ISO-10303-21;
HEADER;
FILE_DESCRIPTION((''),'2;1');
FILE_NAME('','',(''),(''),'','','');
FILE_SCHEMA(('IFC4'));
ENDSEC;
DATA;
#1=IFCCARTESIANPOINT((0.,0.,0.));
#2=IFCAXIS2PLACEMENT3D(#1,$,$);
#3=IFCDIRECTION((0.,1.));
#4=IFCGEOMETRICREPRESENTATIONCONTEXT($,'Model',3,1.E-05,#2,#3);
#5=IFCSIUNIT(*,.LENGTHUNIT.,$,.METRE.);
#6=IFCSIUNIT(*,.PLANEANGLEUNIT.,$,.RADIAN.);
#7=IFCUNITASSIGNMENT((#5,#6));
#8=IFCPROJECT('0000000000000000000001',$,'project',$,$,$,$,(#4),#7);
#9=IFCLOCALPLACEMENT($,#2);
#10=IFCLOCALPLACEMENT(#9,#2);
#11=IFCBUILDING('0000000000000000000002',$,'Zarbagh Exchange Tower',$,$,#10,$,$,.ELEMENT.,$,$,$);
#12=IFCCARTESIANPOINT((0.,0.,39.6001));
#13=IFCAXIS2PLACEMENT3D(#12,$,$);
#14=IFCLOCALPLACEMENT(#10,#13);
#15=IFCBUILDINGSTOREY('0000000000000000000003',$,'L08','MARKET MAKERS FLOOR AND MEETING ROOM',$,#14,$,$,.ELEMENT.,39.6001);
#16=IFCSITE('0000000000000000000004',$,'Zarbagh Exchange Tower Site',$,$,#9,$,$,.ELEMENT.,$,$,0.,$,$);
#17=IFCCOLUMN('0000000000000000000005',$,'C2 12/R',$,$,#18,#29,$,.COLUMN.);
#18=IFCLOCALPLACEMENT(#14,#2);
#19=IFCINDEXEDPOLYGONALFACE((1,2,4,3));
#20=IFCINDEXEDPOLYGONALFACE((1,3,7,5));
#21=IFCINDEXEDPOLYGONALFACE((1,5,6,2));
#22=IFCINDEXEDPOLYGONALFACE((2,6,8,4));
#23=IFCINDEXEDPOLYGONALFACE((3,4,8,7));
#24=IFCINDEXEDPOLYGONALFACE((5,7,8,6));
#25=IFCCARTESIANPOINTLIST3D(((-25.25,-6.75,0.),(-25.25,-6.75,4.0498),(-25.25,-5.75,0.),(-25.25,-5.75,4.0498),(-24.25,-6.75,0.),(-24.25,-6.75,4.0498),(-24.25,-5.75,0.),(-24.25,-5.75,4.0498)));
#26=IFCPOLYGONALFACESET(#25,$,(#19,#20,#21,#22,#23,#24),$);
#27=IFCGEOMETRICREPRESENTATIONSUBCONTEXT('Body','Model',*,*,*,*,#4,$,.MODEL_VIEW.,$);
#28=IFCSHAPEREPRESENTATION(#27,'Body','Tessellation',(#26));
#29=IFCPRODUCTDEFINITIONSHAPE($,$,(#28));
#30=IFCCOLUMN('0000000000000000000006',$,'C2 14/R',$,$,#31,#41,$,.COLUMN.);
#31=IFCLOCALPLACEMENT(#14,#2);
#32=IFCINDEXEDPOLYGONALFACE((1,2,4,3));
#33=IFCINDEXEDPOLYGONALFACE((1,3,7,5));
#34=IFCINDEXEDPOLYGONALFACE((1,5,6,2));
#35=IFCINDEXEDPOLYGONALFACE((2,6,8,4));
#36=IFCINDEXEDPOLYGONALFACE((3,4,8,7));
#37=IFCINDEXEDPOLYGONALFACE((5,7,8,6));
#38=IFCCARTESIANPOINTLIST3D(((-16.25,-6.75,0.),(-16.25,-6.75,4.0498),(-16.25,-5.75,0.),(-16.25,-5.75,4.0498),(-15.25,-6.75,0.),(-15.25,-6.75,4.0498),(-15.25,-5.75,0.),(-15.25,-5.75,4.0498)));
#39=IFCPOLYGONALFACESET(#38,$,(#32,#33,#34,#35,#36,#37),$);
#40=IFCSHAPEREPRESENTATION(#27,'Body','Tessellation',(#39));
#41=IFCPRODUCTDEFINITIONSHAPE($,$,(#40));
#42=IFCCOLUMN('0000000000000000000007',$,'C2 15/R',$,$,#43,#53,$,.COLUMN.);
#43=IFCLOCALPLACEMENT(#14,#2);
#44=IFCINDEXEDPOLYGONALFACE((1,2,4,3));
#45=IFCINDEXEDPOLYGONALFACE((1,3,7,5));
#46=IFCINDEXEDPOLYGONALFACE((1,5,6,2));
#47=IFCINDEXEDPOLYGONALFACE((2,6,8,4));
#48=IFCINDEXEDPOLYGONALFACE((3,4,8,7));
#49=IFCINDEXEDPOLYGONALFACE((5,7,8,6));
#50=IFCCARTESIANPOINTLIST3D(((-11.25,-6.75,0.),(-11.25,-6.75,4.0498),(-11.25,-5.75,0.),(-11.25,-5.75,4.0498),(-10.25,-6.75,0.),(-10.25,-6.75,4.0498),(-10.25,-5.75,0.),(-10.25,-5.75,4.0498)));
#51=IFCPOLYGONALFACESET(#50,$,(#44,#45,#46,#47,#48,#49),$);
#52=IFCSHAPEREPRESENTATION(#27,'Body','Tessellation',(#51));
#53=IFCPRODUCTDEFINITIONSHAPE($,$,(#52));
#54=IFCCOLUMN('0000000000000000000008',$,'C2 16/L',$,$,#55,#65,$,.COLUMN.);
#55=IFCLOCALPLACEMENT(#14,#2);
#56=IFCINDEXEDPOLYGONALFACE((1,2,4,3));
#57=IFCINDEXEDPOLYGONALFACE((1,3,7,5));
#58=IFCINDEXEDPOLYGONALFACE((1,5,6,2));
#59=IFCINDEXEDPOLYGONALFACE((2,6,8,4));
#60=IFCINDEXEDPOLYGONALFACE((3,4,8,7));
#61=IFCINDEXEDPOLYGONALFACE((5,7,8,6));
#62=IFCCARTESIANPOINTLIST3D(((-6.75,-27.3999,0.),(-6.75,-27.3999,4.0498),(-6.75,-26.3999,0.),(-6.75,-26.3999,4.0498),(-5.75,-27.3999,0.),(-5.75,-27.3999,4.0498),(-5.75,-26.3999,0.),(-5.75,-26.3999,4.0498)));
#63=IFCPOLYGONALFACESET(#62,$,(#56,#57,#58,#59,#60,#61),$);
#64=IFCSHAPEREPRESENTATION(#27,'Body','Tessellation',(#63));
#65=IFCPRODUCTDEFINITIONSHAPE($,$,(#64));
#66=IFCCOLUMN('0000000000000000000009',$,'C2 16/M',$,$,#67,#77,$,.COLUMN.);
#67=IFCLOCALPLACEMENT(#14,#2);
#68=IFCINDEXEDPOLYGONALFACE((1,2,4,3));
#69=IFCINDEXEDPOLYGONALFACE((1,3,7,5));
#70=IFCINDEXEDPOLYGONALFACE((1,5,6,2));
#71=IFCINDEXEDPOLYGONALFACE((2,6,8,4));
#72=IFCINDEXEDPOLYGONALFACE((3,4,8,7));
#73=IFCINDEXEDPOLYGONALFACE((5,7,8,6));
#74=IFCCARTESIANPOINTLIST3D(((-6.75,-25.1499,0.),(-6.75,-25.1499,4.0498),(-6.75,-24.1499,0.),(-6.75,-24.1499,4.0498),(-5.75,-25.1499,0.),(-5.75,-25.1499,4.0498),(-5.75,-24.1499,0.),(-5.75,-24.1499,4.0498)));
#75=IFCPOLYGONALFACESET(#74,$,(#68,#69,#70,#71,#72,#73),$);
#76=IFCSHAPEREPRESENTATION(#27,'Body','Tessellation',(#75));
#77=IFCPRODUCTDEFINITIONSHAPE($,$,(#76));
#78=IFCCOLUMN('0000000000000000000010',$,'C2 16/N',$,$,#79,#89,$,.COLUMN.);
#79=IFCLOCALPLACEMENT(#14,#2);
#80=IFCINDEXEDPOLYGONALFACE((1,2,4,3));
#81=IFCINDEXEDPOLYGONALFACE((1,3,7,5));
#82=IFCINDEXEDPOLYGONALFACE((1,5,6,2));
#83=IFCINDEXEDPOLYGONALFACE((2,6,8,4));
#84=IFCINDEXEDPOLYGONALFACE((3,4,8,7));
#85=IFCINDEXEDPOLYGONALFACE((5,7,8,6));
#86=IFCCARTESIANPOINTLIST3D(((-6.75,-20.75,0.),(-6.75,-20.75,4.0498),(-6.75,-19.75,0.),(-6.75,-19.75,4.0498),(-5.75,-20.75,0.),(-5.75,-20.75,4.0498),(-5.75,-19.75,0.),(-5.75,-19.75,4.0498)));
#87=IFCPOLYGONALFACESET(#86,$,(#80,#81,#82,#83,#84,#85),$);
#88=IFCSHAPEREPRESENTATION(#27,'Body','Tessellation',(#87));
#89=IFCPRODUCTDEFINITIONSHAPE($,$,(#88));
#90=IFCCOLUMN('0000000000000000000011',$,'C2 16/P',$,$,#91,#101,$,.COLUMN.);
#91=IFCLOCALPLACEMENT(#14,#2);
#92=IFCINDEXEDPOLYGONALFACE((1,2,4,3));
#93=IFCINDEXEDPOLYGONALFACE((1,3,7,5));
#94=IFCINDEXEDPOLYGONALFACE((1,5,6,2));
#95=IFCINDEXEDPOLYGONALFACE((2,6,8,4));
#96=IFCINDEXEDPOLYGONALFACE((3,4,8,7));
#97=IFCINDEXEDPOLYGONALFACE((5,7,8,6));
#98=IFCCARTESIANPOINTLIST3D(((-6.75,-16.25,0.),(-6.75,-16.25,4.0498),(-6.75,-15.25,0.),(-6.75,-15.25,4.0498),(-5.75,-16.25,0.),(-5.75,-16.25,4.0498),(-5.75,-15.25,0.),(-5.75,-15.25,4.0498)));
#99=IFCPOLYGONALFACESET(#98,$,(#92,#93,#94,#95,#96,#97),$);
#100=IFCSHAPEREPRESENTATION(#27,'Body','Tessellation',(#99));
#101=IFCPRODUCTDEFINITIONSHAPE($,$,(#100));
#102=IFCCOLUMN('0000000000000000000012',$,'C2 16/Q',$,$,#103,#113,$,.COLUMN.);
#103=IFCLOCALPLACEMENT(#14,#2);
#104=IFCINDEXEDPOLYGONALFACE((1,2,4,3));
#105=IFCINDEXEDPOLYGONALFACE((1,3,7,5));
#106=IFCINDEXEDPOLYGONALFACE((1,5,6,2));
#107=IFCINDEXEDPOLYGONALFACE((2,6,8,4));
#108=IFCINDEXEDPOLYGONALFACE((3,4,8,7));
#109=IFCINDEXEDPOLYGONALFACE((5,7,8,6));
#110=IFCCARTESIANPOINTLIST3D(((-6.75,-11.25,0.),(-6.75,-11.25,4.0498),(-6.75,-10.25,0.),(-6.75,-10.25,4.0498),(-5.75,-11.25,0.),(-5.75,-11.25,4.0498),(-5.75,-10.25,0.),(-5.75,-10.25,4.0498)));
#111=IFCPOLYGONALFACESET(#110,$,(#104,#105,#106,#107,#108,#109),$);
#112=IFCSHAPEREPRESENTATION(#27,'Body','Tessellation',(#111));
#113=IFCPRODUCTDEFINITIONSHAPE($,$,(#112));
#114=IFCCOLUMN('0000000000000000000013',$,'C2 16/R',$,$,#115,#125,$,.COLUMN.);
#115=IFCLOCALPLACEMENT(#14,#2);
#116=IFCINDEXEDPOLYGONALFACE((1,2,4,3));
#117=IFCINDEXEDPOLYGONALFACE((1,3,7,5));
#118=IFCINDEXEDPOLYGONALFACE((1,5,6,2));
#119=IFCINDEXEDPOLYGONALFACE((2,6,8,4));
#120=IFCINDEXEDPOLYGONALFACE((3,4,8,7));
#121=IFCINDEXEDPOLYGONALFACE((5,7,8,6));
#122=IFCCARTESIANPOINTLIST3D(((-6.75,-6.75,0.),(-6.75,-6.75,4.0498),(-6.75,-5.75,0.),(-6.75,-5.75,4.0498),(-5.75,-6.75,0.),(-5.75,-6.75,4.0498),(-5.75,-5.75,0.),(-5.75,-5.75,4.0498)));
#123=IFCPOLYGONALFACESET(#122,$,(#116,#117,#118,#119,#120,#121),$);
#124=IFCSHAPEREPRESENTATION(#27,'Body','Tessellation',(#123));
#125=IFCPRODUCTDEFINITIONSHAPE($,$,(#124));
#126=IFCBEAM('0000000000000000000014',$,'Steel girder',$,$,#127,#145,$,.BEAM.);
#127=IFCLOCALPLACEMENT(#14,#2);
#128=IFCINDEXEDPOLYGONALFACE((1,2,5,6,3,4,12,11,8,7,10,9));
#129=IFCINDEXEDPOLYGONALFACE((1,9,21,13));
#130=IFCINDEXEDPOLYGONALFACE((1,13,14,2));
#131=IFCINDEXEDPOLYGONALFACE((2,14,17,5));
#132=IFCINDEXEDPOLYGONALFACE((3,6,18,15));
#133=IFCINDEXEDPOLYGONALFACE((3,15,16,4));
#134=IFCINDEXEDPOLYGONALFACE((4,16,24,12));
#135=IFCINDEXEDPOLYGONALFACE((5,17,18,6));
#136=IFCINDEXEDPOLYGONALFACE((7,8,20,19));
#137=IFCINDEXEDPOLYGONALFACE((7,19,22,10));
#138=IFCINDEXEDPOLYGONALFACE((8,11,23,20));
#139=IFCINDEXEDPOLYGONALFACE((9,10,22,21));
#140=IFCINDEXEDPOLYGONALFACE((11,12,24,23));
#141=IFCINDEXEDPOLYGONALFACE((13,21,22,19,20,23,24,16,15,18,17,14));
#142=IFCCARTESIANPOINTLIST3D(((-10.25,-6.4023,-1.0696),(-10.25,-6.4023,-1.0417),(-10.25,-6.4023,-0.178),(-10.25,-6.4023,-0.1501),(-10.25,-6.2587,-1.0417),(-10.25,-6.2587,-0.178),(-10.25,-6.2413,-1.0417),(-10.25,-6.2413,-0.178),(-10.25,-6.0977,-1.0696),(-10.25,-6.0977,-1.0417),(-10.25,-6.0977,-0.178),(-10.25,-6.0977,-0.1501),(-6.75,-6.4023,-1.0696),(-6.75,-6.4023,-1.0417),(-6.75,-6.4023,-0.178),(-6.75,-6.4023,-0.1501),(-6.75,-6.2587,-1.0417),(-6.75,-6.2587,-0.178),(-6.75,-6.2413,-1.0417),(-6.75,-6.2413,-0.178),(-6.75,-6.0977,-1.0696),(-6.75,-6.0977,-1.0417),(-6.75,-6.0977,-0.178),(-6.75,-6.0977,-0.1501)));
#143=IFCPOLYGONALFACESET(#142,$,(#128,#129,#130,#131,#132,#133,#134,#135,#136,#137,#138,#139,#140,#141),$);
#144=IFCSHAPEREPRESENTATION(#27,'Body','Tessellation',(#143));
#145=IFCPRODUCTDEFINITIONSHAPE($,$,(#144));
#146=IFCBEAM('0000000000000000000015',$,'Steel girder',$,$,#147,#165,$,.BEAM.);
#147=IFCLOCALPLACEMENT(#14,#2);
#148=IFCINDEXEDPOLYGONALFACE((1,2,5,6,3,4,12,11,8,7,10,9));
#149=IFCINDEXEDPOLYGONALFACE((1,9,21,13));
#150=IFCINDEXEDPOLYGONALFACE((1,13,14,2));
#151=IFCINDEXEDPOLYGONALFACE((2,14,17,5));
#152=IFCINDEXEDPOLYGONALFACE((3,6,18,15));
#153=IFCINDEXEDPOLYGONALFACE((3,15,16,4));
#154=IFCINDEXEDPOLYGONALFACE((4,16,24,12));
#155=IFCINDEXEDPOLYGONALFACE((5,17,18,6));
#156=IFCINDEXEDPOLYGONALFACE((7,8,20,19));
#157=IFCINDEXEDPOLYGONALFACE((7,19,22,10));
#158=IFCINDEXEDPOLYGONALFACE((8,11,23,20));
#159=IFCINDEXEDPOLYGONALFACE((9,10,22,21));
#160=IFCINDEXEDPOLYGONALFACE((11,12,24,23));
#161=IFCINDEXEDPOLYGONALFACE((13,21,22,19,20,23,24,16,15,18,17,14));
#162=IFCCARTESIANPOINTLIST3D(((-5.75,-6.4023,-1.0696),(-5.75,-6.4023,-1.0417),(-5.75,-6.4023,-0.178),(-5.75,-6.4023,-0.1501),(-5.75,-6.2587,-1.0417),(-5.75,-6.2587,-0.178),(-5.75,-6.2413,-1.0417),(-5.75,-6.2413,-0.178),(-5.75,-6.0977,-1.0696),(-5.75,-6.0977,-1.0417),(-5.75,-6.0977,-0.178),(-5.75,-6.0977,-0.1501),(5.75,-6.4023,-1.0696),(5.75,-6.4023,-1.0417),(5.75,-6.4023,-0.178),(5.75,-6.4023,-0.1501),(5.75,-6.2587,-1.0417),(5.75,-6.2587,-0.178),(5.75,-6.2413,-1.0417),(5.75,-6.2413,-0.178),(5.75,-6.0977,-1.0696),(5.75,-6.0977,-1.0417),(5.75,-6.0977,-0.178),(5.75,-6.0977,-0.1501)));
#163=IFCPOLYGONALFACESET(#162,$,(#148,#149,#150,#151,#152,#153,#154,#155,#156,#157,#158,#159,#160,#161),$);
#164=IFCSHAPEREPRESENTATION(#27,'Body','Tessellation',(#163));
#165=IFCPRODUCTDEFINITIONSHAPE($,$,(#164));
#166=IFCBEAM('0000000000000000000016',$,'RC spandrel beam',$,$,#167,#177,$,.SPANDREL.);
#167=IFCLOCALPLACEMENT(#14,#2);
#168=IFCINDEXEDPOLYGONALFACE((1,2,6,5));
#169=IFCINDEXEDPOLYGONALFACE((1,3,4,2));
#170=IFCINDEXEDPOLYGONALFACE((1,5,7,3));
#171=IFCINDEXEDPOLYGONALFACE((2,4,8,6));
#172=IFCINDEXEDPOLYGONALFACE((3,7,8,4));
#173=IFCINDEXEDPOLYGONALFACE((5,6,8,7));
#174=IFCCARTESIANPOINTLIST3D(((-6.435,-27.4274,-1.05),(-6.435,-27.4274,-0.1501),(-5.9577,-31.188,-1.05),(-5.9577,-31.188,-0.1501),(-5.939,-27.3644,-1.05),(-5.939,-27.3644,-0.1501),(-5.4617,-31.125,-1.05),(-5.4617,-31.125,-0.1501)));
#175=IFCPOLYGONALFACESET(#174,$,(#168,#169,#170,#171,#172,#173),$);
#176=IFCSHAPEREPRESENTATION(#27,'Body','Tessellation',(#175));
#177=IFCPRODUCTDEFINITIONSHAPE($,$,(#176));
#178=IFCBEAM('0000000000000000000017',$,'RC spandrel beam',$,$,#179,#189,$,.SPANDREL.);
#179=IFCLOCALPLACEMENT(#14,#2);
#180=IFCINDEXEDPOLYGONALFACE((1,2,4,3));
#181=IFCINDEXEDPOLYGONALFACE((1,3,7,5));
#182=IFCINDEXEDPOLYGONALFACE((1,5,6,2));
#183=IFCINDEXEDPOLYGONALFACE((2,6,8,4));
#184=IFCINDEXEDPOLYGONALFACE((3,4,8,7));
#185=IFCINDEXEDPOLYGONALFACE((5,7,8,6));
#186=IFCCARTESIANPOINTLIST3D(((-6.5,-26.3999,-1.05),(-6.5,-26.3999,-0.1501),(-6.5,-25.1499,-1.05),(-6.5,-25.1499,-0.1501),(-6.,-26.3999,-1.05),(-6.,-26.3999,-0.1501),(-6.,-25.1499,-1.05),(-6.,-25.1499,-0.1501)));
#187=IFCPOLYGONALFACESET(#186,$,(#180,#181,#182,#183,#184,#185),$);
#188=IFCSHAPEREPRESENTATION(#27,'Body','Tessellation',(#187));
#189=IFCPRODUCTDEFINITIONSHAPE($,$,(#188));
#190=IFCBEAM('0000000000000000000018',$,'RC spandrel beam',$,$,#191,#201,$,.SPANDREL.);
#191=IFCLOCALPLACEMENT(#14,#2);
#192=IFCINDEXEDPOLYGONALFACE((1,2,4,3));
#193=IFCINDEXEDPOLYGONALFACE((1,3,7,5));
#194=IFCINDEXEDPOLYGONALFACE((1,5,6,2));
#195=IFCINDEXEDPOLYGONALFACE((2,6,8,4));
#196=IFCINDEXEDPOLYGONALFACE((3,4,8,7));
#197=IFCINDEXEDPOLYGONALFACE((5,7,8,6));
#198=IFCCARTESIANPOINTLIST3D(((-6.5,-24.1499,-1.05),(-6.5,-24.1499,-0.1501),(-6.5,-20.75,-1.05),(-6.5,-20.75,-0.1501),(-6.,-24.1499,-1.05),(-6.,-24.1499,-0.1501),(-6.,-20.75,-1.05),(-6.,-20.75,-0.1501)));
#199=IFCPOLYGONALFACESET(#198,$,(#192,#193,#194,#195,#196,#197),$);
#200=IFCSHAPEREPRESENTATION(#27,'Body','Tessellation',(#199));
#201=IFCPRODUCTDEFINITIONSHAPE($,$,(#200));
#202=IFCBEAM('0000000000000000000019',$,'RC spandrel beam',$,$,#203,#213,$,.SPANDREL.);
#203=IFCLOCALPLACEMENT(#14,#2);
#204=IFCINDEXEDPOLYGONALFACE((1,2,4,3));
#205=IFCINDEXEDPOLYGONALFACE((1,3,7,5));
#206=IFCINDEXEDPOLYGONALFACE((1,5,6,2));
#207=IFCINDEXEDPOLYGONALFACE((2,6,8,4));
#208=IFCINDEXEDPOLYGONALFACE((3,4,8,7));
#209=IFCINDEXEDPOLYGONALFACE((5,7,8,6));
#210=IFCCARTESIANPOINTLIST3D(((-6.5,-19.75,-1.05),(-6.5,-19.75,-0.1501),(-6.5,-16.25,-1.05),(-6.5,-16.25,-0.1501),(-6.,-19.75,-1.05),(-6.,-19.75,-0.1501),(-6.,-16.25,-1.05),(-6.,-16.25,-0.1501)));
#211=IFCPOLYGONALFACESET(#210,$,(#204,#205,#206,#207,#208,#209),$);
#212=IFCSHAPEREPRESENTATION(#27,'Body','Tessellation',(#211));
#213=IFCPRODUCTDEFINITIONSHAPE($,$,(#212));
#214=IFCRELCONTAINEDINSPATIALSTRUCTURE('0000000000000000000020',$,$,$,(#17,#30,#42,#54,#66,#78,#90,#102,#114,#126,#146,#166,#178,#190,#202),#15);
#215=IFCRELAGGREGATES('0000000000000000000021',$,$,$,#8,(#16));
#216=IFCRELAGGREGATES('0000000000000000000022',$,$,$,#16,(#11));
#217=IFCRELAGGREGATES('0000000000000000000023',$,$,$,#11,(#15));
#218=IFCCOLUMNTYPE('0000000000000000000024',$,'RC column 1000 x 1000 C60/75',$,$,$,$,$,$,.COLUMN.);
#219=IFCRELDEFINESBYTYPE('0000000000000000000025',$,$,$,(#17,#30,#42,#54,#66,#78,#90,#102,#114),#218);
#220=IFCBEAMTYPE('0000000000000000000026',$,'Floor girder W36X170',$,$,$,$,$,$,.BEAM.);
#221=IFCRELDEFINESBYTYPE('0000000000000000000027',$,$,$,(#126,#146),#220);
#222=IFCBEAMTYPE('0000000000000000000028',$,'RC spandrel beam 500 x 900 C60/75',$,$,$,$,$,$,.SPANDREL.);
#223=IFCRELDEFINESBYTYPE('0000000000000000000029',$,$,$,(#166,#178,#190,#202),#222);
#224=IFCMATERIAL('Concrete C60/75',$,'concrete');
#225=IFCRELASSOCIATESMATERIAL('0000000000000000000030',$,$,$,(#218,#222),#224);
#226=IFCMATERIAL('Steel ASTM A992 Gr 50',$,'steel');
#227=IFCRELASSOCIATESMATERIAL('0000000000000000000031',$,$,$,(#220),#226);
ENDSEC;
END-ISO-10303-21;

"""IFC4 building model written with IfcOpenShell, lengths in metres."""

from ifc_helpers import new_model, si_unit, direction, frame, origin, origin_2d, place, context, subcontext, project, spatial, rectangle, i_section, extrude, material, material_profile, profile_set, type_object, element, save


model = new_model("IFC4")

# Units and contexts
model_context = context("Model", 3, precision=1e-05, world=origin(), true_north=direction((0.0, 1.0)))
body_context = subcontext(model_context, "Body", "Model", "MODEL_VIEW")
ifc_project = project(units=[si_unit("LENGTHUNIT", "METRE"), si_unit("PLANEANGLEUNIT", "RADIAN")], contexts=[model_context])

# Site, building, storey
site_placement = place(None, origin())
site = spatial("IfcSite", under=ifc_project, at=site_placement, Name="Zarbagh Exchange Tower Site", CompositionType="ELEMENT", RefElevation=0.0)
building_placement = place(site_placement, origin())
building = spatial("IfcBuilding", under=site, at=building_placement, Name="Zarbagh Exchange Tower", CompositionType="ELEMENT")
storey_placement = place(building_placement, frame((0.0, 0.0, 39.6001)))
storey = spatial("IfcBuildingStorey", under=building, at=storey_placement, Name="L08", Description="MARKET MAKERS FLOOR AND MEETING ROOM", CompositionType="ELEMENT", Elevation=39.6001)

# Columns
ifc_material_1 = material(Name="Concrete C60/75", Category="concrete")
ifc_material_profile_1 = material_profile(ifc_material_1, rectangle(XDim=1.0, YDim=1.0, at=origin_2d()), Name="RC column 1000 x 1000 C60/75")
ifc_profile_set_1 = profile_set([ifc_material_profile_1], Name="Concrete C60/75")
column_type = type_object("IfcColumnType", Name="RC column 1000 x 1000 C60/75", PredefinedType="COLUMN", material=ifc_profile_set_1)
for number, where, z_axis, x_axis, name in (
    (1, (-24.75, -6.25, 0.0), (0.0, 0.0, 1.0), (1.0, 0.0, 0.0), "C2 12/R"),
    (2, (-15.75, -6.25, 0.0), (0.0, 0.0, 1.0), (1.0, 0.0, 0.0), "C2 14/R"),
    (3, (-10.75, -6.25, 0.0), (0.0, 0.0, 1.0), (1.0, 0.0, 0.0), "C2 15/R"),
    (4, (-6.25, -26.8999, 0.0), (0.0, 0.0, 1.0), (1.0, 0.0, 0.0), "C2 16/L"),
    (5, (-6.25, -24.6499, 0.0), (0.0, 0.0, 1.0), (1.0, 0.0, 0.0), "C2 16/M"),
    (6, (-6.25, -20.25, 0.0), (0.0, 0.0, 1.0), (1.0, 0.0, 0.0), "C2 16/N"),
    (7, (-6.25, -15.75, 0.0), (0.0, 0.0, 1.0), (1.0, 0.0, 0.0), "C2 16/P"),
    (8, (-6.25, -10.75, 0.0), (0.0, 0.0, 1.0), (1.0, 0.0, 0.0), "C2 16/Q"),
    (9, (-6.25, -6.25, 0.0), (0.0, 0.0, 1.0), (1.0, 0.0, 0.0), "C2 16/R"),
):
    element("IfcColumn", number, at=place(storey_placement, frame(where, z_axis=z_axis, x_axis=x_axis)), inside=storey, type_object=column_type, Name=name, PredefinedType="COLUMN", context=body_context, shape_type="SweptSolid", body=[
        extrude(rectangle(XDim=1.0, YDim=1.0, at=origin_2d()), origin(), (0.0, 0.0, 1.0), 4.0498),
    ])

# Beams
ifc_material_2 = material(Name="Steel ASTM A992 Gr 50", Category="steel")
ifc_material_profile_2 = material_profile(ifc_material_2, i_section(OverallWidth=0.3047, OverallDepth=0.9194, WebThickness=0.0173, FlangeThickness=0.0278, at=origin_2d()), Name="W36X170")
ifc_profile_set_2 = profile_set([ifc_material_profile_2], Name="Steel ASTM A992 Gr 50")
beam_type_1 = type_object("IfcBeamType", Name="Floor girder W36X170", PredefinedType="BEAM", material=ifc_profile_set_2)
beam_1_placement = place(storey_placement, frame((-10.25, -6.25, -0.6099), z_axis=(1.0, 0.0, 0.0), x_axis=(0.0, 1.0, 0.0)))
element("IfcBeam", 10, at=beam_1_placement, inside=storey, type_object=beam_type_1, Name="Steel girder", PredefinedType="BEAM", context=body_context, shape_type="SweptSolid", body=[
    extrude(i_section(OverallWidth=0.3047, OverallDepth=0.9194, WebThickness=0.0173, FlangeThickness=0.0278, at=origin_2d()), origin(), (0.0, 0.0, 1.0), 3.5),
])
beam_2_placement = place(storey_placement, frame((-5.75, -6.25, -0.6099), z_axis=(1.0, 0.0, 0.0), x_axis=(0.0, 1.0, 0.0)))
element("IfcBeam", 11, at=beam_2_placement, inside=storey, type_object=beam_type_1, Name="Steel girder", PredefinedType="BEAM", context=body_context, shape_type="SweptSolid", body=[
    extrude(i_section(OverallWidth=0.3047, OverallDepth=0.9194, WebThickness=0.0173, FlangeThickness=0.0278, at=origin_2d()), origin(), (0.0, 0.0, 1.0), 11.5),
])
ifc_material_profile_3 = material_profile(ifc_material_1, rectangle(XDim=0.5, YDim=0.8999, at=origin_2d()), Name="RC spandrel beam 500 x 900 C60/75")
ifc_profile_set_3 = profile_set([ifc_material_profile_3], Name="Concrete C60/75")
beam_type_2 = type_object("IfcBeamType", Name="RC spandrel beam 500 x 900 C60/75", PredefinedType="SPANDREL", material=ifc_profile_set_3)
beam_3_placement = place(storey_placement, frame((-5.7097, -31.1565, -0.6001), z_axis=(-0.125913, 0.992041, 0.0), x_axis=(-0.992041, -0.125913, 0.0)))
element("IfcBeam", 12, at=beam_3_placement, inside=storey, type_object=beam_type_2, Name="RC spandrel beam", PredefinedType="SPANDREL", context=body_context, shape_type="SweptSolid", body=[
    extrude(rectangle(XDim=0.5, YDim=0.8999, at=origin_2d()), origin(), (0.0, 0.0, 1.0), 3.7908),
])
beam_4_placement = place(storey_placement, frame((-6.25, -26.3999, -0.6001), z_axis=(0.0, 1.0, 0.0), x_axis=(-1.0, 0.0, 0.0)))
element("IfcBeam", 13, at=beam_4_placement, inside=storey, type_object=beam_type_2, Name="RC spandrel beam", PredefinedType="SPANDREL", context=body_context, shape_type="SweptSolid", body=[
    extrude(rectangle(XDim=0.5, YDim=0.8999, at=origin_2d()), origin(), (0.0, 0.0, 1.0), 1.25),
])
beam_5_placement = place(storey_placement, frame((-6.25, -24.1499, -0.6001), z_axis=(0.0, 1.0, 0.0), x_axis=(-1.0, 0.0, 0.0)))
element("IfcBeam", 14, at=beam_5_placement, inside=storey, type_object=beam_type_2, Name="RC spandrel beam", PredefinedType="SPANDREL", context=body_context, shape_type="SweptSolid", body=[
    extrude(rectangle(XDim=0.5, YDim=0.8999, at=origin_2d()), origin(), (0.0, 0.0, 1.0), 3.3999),
])
beam_6_placement = place(storey_placement, frame((-6.25, -19.75, -0.6001), z_axis=(0.0, 1.0, 0.0), x_axis=(-1.0, 0.0, 0.0)))
element("IfcBeam", 15, at=beam_6_placement, inside=storey, type_object=beam_type_2, Name="RC spandrel beam", PredefinedType="SPANDREL", context=body_context, shape_type="SweptSolid", body=[
    extrude(rectangle(XDim=0.5, YDim=0.8999, at=origin_2d()), origin(), (0.0, 0.0, 1.0), 3.5),
])

save(model, "model.ifc")
